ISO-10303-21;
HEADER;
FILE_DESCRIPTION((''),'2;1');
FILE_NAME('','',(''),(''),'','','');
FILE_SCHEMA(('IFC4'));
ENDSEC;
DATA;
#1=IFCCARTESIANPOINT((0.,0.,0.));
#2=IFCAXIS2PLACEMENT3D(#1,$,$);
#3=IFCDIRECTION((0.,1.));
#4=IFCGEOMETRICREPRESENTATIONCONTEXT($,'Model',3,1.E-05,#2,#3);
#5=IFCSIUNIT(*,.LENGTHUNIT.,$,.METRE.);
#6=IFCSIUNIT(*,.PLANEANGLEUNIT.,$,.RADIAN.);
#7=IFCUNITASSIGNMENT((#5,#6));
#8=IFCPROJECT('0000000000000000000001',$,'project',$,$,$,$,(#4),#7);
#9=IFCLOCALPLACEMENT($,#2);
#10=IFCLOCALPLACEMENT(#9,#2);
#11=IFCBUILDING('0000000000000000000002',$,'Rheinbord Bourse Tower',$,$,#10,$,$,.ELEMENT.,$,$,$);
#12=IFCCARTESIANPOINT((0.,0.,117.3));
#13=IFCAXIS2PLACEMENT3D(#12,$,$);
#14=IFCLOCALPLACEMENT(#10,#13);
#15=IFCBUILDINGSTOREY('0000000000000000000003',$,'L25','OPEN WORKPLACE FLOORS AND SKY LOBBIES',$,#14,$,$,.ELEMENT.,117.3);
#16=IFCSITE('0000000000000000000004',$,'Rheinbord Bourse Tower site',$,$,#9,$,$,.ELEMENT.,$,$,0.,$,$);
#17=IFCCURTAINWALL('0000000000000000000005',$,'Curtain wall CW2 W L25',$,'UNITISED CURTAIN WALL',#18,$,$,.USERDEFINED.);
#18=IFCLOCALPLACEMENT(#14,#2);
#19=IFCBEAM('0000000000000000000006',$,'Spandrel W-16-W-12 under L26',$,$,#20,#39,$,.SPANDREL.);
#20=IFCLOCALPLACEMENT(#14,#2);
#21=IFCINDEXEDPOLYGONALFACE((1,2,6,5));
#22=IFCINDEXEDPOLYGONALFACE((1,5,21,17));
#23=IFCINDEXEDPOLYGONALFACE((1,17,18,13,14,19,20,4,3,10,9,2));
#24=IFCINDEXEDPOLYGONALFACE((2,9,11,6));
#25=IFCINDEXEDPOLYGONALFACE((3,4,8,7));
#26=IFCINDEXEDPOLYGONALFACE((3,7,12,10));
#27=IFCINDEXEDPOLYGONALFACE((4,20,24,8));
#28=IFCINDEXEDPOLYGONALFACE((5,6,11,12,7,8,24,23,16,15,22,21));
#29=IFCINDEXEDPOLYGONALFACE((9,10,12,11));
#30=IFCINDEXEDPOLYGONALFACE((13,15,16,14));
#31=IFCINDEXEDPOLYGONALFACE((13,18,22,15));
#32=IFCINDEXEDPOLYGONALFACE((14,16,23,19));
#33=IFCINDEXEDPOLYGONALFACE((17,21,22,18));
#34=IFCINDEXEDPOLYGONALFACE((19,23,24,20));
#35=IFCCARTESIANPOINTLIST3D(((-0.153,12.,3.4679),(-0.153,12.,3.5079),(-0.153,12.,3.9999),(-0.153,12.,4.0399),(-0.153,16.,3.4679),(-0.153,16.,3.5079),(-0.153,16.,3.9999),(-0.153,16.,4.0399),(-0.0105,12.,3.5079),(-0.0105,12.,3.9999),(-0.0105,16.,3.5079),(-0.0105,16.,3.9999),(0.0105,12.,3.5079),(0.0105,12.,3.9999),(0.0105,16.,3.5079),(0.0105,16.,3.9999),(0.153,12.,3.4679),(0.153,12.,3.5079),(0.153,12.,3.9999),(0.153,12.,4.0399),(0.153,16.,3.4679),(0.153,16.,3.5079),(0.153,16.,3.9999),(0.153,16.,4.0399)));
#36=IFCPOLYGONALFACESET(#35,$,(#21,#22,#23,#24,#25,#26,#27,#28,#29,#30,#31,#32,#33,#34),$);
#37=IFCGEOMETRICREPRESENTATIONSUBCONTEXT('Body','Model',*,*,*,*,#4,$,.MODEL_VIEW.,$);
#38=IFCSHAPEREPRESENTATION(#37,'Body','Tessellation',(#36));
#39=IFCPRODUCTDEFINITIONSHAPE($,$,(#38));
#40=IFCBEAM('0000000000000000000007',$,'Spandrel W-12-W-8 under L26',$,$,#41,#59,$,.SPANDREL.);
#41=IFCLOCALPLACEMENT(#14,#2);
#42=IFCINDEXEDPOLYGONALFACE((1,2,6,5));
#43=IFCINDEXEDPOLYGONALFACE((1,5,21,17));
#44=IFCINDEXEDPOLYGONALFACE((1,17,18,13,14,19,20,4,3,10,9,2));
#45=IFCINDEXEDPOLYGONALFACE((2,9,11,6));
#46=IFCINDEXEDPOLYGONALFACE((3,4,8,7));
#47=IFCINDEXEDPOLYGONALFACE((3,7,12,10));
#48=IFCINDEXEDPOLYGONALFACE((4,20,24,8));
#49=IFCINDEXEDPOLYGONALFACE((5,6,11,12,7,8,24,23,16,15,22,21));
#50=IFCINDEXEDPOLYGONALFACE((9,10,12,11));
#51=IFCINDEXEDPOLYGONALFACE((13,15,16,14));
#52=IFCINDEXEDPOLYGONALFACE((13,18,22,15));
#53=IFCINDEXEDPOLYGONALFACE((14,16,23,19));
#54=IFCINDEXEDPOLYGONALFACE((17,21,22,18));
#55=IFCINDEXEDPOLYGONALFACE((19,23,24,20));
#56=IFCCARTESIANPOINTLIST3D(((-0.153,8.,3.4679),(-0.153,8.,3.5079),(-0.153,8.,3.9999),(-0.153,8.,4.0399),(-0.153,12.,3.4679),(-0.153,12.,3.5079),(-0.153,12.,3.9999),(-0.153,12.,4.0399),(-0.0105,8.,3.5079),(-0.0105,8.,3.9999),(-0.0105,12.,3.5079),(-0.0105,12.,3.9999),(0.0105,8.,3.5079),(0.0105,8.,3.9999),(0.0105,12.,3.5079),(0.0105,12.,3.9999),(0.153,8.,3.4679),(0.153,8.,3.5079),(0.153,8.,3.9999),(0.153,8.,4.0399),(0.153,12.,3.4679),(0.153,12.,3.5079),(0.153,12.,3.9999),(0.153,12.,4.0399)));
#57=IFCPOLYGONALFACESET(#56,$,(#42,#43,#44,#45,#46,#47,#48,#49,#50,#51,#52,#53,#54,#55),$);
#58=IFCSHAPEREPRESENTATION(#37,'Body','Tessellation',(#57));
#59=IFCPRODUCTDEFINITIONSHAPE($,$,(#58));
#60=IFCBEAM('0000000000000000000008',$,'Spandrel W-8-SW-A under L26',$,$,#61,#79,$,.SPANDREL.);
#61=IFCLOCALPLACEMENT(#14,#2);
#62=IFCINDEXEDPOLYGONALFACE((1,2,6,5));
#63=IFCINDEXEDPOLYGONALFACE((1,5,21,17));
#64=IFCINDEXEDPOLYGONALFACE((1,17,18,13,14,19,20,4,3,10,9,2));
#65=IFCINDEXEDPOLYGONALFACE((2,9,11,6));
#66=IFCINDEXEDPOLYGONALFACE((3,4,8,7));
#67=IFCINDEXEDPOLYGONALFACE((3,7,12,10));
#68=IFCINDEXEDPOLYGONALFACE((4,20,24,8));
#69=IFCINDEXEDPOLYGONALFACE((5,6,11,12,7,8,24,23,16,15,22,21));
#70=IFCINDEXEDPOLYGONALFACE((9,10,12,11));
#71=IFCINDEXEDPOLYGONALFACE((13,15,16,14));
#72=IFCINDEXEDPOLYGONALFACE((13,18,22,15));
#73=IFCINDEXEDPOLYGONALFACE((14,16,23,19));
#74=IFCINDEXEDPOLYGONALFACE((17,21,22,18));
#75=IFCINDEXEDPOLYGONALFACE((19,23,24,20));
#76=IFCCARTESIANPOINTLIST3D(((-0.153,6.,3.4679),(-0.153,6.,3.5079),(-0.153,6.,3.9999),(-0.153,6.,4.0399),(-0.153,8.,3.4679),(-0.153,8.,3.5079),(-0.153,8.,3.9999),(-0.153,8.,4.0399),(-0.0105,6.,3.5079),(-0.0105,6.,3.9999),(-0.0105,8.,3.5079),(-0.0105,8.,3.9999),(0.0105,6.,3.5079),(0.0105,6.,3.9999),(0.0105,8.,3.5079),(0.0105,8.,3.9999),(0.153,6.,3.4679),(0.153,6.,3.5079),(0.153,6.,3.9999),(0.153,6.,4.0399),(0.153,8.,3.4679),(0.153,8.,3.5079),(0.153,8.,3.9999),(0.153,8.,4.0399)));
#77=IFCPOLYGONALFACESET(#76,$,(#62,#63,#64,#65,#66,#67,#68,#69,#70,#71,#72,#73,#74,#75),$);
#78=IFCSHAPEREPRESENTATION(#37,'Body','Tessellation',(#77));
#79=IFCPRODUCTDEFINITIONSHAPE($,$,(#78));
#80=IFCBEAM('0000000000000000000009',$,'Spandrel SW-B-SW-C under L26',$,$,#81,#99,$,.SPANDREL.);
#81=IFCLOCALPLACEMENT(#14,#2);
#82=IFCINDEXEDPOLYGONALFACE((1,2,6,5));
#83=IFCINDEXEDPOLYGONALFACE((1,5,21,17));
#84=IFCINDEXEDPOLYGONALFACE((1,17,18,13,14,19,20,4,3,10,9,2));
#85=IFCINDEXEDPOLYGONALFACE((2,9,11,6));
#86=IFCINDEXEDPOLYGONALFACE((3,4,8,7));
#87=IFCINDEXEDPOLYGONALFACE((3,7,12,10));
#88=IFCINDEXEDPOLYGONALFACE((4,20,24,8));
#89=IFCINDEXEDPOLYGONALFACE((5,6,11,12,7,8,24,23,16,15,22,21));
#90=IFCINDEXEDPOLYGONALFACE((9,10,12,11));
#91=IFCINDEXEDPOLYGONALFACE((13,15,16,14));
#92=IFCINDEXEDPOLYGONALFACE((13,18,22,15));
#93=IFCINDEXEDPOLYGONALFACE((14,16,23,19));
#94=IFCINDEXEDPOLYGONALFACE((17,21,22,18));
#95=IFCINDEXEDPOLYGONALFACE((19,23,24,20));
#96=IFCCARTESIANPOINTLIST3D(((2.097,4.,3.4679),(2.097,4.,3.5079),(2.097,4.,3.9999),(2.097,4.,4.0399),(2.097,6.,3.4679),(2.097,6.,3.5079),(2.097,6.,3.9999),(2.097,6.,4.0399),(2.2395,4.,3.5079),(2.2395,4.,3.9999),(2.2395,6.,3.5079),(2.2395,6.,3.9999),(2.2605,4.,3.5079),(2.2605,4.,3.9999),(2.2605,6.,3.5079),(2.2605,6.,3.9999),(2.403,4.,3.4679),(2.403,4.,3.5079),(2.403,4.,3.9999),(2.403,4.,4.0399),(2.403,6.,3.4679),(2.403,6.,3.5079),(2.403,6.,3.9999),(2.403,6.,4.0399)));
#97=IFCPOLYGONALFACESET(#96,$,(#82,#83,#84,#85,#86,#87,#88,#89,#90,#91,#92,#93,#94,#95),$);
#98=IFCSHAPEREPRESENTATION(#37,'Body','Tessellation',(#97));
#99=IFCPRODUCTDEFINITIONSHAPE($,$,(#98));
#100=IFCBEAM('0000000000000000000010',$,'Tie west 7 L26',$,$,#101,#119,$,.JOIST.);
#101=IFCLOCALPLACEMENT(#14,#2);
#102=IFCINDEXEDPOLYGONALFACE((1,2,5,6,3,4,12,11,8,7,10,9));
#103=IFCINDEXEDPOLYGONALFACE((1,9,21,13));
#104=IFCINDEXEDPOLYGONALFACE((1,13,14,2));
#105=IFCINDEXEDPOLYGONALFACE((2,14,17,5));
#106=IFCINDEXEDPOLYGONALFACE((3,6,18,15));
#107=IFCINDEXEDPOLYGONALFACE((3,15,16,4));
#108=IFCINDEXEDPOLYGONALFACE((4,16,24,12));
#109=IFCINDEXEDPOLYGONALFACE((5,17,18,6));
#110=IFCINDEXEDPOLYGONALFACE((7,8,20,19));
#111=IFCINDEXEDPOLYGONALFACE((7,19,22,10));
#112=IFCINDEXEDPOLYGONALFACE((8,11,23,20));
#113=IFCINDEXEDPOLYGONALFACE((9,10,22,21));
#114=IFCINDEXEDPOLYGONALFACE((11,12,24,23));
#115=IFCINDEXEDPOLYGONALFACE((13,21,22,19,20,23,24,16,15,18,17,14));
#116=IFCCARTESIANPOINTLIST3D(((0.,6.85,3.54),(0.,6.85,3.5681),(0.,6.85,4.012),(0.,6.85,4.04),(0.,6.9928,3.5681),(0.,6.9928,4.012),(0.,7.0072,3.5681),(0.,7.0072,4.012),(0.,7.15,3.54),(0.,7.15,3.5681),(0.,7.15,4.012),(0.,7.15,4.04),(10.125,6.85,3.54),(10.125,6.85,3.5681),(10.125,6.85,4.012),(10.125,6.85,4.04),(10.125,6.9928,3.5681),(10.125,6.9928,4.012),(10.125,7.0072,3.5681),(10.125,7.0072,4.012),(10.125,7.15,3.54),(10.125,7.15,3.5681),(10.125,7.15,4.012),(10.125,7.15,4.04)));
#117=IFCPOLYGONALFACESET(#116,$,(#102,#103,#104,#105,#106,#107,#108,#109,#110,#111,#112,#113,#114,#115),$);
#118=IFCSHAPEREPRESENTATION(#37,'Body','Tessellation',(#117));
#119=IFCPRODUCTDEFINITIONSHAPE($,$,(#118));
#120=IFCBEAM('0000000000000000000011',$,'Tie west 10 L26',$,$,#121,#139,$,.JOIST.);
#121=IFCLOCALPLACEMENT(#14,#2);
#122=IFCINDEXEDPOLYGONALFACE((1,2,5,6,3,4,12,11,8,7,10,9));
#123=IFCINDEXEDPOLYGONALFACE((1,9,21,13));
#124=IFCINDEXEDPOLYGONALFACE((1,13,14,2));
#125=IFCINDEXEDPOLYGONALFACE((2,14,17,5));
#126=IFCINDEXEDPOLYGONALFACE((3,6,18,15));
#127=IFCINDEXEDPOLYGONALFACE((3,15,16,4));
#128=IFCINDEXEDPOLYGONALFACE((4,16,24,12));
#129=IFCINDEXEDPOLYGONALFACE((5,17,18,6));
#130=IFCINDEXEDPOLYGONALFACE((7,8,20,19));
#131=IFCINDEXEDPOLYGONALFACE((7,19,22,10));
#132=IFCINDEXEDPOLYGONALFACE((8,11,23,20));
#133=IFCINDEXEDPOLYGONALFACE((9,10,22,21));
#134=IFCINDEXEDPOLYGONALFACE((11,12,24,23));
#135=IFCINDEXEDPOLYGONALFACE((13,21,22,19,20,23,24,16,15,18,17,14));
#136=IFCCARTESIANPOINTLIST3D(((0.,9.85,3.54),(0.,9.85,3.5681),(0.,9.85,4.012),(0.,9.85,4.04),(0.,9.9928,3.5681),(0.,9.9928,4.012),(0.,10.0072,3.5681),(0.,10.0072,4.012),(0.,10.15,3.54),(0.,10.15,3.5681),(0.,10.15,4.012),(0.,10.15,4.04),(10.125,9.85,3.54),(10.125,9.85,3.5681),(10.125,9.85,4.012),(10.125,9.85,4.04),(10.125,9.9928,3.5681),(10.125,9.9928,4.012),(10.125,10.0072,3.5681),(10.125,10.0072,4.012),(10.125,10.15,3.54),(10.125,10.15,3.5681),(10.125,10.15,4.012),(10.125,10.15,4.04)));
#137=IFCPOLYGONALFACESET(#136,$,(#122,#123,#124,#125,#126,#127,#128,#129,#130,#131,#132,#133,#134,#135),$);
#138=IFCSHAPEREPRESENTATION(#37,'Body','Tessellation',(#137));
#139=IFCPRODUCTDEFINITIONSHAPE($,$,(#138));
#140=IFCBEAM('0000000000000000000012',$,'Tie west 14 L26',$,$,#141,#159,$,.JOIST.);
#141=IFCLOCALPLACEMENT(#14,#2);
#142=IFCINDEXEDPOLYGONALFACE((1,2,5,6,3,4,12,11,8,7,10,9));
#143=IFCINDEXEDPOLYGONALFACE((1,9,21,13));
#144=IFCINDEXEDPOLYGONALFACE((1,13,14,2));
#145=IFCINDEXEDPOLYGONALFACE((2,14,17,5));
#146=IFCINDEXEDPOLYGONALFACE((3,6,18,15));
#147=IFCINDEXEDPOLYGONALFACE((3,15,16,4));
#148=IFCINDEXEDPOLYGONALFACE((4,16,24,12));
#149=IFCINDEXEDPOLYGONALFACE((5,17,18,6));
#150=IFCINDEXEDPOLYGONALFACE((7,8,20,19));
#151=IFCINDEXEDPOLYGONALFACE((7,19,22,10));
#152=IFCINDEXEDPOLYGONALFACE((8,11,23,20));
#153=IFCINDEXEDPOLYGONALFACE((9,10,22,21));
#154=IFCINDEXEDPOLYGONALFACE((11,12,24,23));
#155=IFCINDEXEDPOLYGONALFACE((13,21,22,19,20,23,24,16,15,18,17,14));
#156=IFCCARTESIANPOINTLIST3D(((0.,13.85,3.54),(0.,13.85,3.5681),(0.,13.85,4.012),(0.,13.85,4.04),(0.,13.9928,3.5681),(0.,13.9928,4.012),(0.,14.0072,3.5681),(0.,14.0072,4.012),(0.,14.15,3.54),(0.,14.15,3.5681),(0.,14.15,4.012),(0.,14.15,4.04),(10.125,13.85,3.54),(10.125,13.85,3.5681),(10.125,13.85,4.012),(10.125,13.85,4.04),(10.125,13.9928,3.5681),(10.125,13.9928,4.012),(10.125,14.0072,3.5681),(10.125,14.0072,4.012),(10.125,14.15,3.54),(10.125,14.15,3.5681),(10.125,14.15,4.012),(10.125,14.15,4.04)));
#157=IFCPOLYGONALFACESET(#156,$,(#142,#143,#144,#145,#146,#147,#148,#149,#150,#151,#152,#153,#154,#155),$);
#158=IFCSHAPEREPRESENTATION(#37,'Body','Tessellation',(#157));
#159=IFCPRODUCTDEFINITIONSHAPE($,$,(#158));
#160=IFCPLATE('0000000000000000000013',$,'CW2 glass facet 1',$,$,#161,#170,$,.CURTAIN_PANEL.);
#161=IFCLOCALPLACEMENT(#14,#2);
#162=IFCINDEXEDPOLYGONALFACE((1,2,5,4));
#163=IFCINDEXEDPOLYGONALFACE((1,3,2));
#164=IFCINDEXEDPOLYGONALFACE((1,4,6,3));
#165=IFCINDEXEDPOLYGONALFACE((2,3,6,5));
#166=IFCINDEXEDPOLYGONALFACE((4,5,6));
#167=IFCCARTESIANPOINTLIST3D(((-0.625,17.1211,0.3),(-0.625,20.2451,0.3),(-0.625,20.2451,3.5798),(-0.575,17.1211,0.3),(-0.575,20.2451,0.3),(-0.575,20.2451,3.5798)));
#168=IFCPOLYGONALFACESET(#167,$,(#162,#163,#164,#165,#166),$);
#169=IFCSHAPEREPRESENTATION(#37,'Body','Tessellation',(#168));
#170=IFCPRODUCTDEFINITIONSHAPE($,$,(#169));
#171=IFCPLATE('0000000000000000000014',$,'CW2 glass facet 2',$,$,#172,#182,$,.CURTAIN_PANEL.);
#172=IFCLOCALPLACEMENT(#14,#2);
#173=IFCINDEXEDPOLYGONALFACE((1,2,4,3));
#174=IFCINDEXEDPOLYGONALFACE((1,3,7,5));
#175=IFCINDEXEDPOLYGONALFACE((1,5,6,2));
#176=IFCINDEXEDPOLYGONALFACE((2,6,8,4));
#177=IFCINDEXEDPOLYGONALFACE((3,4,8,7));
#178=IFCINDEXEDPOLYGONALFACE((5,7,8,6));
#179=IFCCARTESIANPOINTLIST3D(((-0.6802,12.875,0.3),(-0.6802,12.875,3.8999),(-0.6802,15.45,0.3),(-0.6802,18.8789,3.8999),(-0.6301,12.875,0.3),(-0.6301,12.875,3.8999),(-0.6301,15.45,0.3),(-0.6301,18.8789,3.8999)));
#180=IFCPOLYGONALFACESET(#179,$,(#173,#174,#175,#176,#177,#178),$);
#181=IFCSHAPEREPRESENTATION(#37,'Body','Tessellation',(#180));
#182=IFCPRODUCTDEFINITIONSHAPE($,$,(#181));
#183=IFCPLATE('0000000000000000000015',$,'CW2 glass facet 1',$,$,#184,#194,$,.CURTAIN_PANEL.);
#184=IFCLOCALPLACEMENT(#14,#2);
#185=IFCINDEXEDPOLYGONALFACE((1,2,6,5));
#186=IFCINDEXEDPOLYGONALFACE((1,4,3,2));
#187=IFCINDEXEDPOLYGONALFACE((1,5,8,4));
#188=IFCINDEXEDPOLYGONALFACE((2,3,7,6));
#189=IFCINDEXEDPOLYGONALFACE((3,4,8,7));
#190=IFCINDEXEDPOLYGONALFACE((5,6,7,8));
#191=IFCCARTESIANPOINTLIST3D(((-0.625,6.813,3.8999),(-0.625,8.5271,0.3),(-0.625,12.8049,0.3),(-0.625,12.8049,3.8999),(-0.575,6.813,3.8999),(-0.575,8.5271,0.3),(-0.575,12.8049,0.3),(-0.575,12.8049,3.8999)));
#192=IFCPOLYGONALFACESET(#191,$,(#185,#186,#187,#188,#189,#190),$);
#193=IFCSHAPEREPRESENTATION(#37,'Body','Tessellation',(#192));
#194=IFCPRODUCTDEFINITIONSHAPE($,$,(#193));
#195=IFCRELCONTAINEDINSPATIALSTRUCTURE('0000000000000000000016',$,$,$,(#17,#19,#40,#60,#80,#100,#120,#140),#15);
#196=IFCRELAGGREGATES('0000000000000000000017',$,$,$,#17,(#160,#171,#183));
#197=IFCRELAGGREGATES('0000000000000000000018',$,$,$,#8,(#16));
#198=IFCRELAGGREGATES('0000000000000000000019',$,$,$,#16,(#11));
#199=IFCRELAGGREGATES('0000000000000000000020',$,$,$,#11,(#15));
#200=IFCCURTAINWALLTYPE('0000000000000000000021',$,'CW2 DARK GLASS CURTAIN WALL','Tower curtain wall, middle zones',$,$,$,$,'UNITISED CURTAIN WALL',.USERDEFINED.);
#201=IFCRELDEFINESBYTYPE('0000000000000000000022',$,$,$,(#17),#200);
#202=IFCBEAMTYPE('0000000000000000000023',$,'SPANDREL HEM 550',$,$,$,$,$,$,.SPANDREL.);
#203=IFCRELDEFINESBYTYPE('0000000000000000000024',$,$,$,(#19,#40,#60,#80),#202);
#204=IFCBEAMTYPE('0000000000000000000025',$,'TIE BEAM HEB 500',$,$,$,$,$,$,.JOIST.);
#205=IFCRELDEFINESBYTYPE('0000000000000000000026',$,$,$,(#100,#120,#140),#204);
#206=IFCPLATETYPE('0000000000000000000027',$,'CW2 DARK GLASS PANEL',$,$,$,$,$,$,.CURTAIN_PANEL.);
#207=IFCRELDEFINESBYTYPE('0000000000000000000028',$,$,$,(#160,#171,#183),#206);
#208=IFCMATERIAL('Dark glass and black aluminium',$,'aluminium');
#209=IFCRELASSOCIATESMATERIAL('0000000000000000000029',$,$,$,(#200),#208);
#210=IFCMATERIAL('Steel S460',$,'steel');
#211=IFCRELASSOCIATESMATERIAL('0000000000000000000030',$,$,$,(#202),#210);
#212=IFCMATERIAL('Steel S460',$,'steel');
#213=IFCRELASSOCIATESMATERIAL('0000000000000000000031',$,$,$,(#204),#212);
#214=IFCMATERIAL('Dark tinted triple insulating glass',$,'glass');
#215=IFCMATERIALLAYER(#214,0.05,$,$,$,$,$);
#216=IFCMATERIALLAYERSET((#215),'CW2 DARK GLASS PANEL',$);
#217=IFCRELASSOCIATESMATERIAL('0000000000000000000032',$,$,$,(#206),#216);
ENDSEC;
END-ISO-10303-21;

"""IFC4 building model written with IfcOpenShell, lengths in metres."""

from ifc_helpers import new_model, si_unit, direction, frame, origin, origin_2d, place, context, subcontext, project, spatial, polyline, i_section, outline, extrude, material, layer, layer_set, material_profile, profile_set, type_object, element, aggregate, save


model = new_model("IFC4")

# Units and contexts
model_context = context("Model", 3, precision=1e-05, world=origin(), true_north=direction((0.0, 1.0)))
body_context = subcontext(model_context, "Body", "Model", "MODEL_VIEW")
ifc_project = project(units=[si_unit("LENGTHUNIT", "METRE"), si_unit("PLANEANGLEUNIT", "RADIAN")], contexts=[model_context])

# Site, building, storey
site_placement = place(None, origin())
site = spatial("IfcSite", under=ifc_project, at=site_placement, Name="Rheinbord Bourse Tower site", CompositionType="ELEMENT", RefElevation=0.0)
building_placement = place(site_placement, origin())
building = spatial("IfcBuilding", under=site, at=building_placement, Name="Rheinbord Bourse Tower", CompositionType="ELEMENT")
storey_placement = place(building_placement, frame((0.0, 0.0, 117.3)))
storey = spatial("IfcBuildingStorey", under=building, at=storey_placement, Name="L25", Description="OPEN WORKPLACE FLOORS AND SKY LOBBIES", CompositionType="ELEMENT", Elevation=117.3)

# Curtain wall
ifc_material_1 = material(Name="Dark glass and black aluminium", Category="aluminium")
curtain_wall_type = type_object("IfcCurtainWallType", Name="CW2 DARK GLASS CURTAIN WALL", Description="Tower curtain wall, middle zones", ElementType="UNITISED CURTAIN WALL", PredefinedType="USERDEFINED", material=ifc_material_1)
curtain_wall_placement = place(storey_placement, origin())
curtain_wall = element("IfcCurtainWall", 1, at=curtain_wall_placement, inside=storey, type_object=curtain_wall_type, Name="Curtain wall CW2 W L25", ObjectType="UNITISED CURTAIN WALL", PredefinedType="USERDEFINED")

# Beams
ifc_material_2 = material(Name="Steel S460", Category="steel")
ifc_material_profile_1 = material_profile(ifc_material_2, i_section(OverallWidth=0.3059, OverallDepth=0.572, WebThickness=0.021, FlangeThickness=0.04, at=origin_2d()), Name="HEM 550")
ifc_profile_set_1 = profile_set([ifc_material_profile_1], Name="Steel S460")
beam_type_1 = type_object("IfcBeamType", Name="SPANDREL HEM 550", PredefinedType="SPANDREL", material=ifc_profile_set_1)
for number, where, z_axis, x_axis, name in (
    (2, (0.0, 16.0, 3.7539), (0.0, -1.0, 0.0), (1.0, 0.0, 0.0), "Spandrel W-16-W-12 under L26"),
    (3, (0.0, 12.0, 3.7539), (0.0, -1.0, 0.0), (1.0, 0.0, 0.0), "Spandrel W-12-W-8 under L26"),
):
    element("IfcBeam", number, at=place(storey_placement, frame(where, z_axis=z_axis, x_axis=x_axis)), inside=storey, type_object=beam_type_1, Name=name, PredefinedType="SPANDREL", context=body_context, shape_type="SweptSolid", body=[
        extrude(i_section(OverallWidth=0.3059, OverallDepth=0.572, WebThickness=0.021, FlangeThickness=0.04, at=origin_2d()), origin(), (0.0, 0.0, 1.0), 4.0),
    ])
for number, where, z_axis, x_axis, name in (
    (4, (0.0, 8.0, 3.7539), (0.0, -1.0, 0.0), (1.0, 0.0, 0.0), "Spandrel W-8-SW-A under L26"),
    (5, (2.25, 6.0, 3.7539), (0.0, -1.0, 0.0), (1.0, 0.0, 0.0), "Spandrel SW-B-SW-C under L26"),
):
    element("IfcBeam", number, at=place(storey_placement, frame(where, z_axis=z_axis, x_axis=x_axis)), inside=storey, type_object=beam_type_1, Name=name, PredefinedType="SPANDREL", context=body_context, shape_type="SweptSolid", body=[
        extrude(i_section(OverallWidth=0.3059, OverallDepth=0.572, WebThickness=0.021, FlangeThickness=0.04, at=origin_2d()), origin(), (0.0, 0.0, 1.0), 2.0),
    ])
ifc_material_3 = material(Name="Steel S460", Category="steel")
ifc_material_profile_2 = material_profile(ifc_material_3, i_section(OverallWidth=0.3, OverallDepth=0.5, WebThickness=0.0144, FlangeThickness=0.0281, at=origin_2d()), Name="HEB 500")
ifc_profile_set_2 = profile_set([ifc_material_profile_2], Name="Steel S460")
beam_type_2 = type_object("IfcBeamType", Name="TIE BEAM HEB 500", PredefinedType="JOIST", material=ifc_profile_set_2)
for number, where, z_axis, x_axis, name in (
    (6, (0.0, 7.0, 3.79), (1.0, 0.0, 0.0), (0.0, 1.0, 0.0), "Tie west 7 L26"),
    (7, (0.0, 10.0, 3.79), (1.0, 0.0, 0.0), (0.0, 1.0, 0.0), "Tie west 10 L26"),
    (8, (0.0, 14.0, 3.79), (1.0, 0.0, 0.0), (0.0, 1.0, 0.0), "Tie west 14 L26"),
):
    element("IfcBeam", number, at=place(storey_placement, frame(where, z_axis=z_axis, x_axis=x_axis)), inside=storey, type_object=beam_type_2, Name=name, PredefinedType="JOIST", context=body_context, shape_type="SweptSolid", body=[
        extrude(i_section(OverallWidth=0.3, OverallDepth=0.5, WebThickness=0.0144, FlangeThickness=0.0281, at=origin_2d()), origin(), (0.0, 0.0, 1.0), 10.125),
    ])

# Plates
ifc_material_4 = material(Name="Dark tinted triple insulating glass", Category="glass")
ifc_layer_1 = layer(ifc_material_4, 0.05)
ifc_layer_set_1 = layer_set([ifc_layer_1], Name="CW2 DARK GLASS PANEL")
plate_type = type_object("IfcPlateType", Name="CW2 DARK GLASS PANEL", PredefinedType="CURTAIN_PANEL", material=ifc_layer_set_1)
plate_1_placement = place(storey_placement, frame((-0.625, 20.2451, 0.3), z_axis=(1.0, 0.0, 0.0), x_axis=(0.0, 0.0, 1.0)))
plate_1 = element("IfcPlate", 9, at=plate_1_placement, type_object=plate_type, Name="CW2 glass facet 1", PredefinedType="CURTAIN_PANEL", context=body_context, shape_type="SweptSolid", body=[
    extrude(outline(polyline([(0.0, 0.0), (3.2798, 0.0), (0.0, 3.124), (0.0, 0.0)])), origin(), (0.0, 0.0, 1.0), 0.05),
])
plate_2_placement = place(storey_placement, frame((-0.6802, 12.875, 3.8999), z_axis=(1.0, 0.0, 0.0), x_axis=(0.0, 0.0, -1.0)))
plate_2 = element("IfcPlate", 10, at=plate_2_placement, type_object=plate_type, Name="CW2 glass facet 2", PredefinedType="CURTAIN_PANEL", context=body_context, shape_type="SweptSolid", body=[
    extrude(outline(polyline([(0.0, 0.0), (3.5999, 0.0), (3.5999, 2.575), (0.0, 6.0039), (0.0, 0.0)])), origin(), (0.0, 0.0, 1.0), 0.05),
])
plate_3_placement = place(storey_placement, frame((-0.625, 12.8049, 0.3), z_axis=(1.0, 0.0, 0.0), x_axis=(0.0, 0.0, 1.0)))
plate_3 = element("IfcPlate", 11, at=plate_3_placement, type_object=plate_type, Name="CW2 glass facet 1", PredefinedType="CURTAIN_PANEL", context=body_context, shape_type="SweptSolid", body=[
    extrude(outline(polyline([(0.0, 0.0), (3.5999, 0.0), (3.5999, 5.9919), (0.0, 4.2778), (0.0, 0.0)])), origin(), (0.0, 0.0, 1.0), 0.05),
])
aggregate(curtain_wall, [plate_1, plate_2, plate_3])

save(model, "model.ifc")
